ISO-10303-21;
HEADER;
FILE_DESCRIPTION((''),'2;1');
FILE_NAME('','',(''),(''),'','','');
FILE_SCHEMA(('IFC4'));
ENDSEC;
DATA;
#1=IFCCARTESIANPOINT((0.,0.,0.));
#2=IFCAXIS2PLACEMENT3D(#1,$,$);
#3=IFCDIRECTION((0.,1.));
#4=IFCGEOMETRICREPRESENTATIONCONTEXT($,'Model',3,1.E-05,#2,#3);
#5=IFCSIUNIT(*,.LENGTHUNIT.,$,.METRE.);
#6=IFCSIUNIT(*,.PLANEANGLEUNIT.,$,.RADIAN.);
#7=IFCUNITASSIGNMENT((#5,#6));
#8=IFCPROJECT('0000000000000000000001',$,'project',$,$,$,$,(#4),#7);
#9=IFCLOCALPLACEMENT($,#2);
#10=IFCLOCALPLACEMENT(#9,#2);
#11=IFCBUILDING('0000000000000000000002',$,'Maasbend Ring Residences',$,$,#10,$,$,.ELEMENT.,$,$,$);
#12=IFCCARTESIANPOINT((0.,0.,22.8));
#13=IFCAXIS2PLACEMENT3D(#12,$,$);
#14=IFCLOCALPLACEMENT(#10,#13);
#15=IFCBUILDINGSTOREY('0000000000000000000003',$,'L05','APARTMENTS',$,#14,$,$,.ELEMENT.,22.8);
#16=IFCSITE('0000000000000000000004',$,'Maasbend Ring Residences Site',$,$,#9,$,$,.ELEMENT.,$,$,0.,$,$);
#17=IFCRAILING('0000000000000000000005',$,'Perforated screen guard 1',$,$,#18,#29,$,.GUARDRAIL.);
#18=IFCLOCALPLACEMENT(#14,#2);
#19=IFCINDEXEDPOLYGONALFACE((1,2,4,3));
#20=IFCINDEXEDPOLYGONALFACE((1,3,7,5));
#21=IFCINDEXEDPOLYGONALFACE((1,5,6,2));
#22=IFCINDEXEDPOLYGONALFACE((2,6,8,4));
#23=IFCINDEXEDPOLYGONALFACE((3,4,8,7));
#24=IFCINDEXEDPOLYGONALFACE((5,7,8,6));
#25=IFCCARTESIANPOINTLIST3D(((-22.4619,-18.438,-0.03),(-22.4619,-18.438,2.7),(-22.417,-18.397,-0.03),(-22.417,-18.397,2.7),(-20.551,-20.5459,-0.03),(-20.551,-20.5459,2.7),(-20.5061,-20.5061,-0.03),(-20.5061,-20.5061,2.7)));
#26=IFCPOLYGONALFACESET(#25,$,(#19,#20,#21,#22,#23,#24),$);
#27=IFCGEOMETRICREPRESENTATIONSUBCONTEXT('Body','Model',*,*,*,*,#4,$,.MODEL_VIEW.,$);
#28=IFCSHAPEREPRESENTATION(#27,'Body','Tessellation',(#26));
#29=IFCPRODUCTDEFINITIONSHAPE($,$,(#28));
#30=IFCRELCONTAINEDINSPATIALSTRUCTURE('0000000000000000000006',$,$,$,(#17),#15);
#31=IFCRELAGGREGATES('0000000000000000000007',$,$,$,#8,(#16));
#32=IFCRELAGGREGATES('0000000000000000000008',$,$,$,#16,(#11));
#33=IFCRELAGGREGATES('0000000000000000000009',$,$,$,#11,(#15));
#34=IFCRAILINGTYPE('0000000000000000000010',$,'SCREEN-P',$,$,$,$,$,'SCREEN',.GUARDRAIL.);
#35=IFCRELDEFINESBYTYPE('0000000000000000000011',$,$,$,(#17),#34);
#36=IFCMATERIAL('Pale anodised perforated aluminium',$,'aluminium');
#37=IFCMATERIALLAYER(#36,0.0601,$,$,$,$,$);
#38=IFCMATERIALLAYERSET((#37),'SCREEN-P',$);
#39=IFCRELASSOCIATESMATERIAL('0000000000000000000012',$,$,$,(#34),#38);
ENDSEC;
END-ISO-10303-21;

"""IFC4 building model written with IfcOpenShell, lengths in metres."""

from ifc_helpers import new_model, si_unit, direction, frame, origin, place, context, subcontext, project, spatial, polyline, outline, extrude, material, layer, layer_set, type_object, element, save


model = new_model("IFC4")

# Units and contexts
model_context = context("Model", 3, precision=1e-05, world=origin(), true_north=direction((0.0, 1.0)))
body_context = subcontext(model_context, "Body", "Model", "MODEL_VIEW")
ifc_project = project(units=[si_unit("LENGTHUNIT", "METRE"), si_unit("PLANEANGLEUNIT", "RADIAN")], contexts=[model_context])

# Site, building, storey
site_placement = place(None, origin())
site = spatial("IfcSite", under=ifc_project, at=site_placement, Name="Maasbend Ring Residences Site", CompositionType="ELEMENT", RefElevation=0.0)
building_placement = place(site_placement, origin())
building = spatial("IfcBuilding", under=site, at=building_placement, Name="Maasbend Ring Residences", CompositionType="ELEMENT")
storey_placement = place(building_placement, frame((0.0, 0.0, 22.8)))
storey = spatial("IfcBuildingStorey", under=building, at=storey_placement, Name="L05", Description="APARTMENTS", CompositionType="ELEMENT", Elevation=22.8)

# Railing
ifc_material_1 = material(Name="Pale anodised perforated aluminium", Category="aluminium")
ifc_layer_1 = layer(ifc_material_1, 0.0601)
ifc_layer_set_1 = layer_set([ifc_layer_1], Name="SCREEN-P")
railing_type = type_object("IfcRailingType", Name="SCREEN-P", ElementType="SCREEN", PredefinedType="GUARDRAIL", material=ifc_layer_set_1)
railing_1_placement = place(storey_placement, frame((0.0, 0.0, -0.03)))
element("IfcRailing", 1, at=railing_1_placement, inside=storey, type_object=railing_type, Name="Perforated screen guard 1", PredefinedType="GUARDRAIL", context=body_context, shape_type="SweptSolid", body=[
    extrude(outline(polyline([(-22.417, -18.397), (-20.5061, -20.5061), (-20.551, -20.5459), (-22.4619, -18.438), (-22.417, -18.397)])), origin(), (0.0, 0.0, 1.0), 2.73),
])

save(model, "model.ifc")
